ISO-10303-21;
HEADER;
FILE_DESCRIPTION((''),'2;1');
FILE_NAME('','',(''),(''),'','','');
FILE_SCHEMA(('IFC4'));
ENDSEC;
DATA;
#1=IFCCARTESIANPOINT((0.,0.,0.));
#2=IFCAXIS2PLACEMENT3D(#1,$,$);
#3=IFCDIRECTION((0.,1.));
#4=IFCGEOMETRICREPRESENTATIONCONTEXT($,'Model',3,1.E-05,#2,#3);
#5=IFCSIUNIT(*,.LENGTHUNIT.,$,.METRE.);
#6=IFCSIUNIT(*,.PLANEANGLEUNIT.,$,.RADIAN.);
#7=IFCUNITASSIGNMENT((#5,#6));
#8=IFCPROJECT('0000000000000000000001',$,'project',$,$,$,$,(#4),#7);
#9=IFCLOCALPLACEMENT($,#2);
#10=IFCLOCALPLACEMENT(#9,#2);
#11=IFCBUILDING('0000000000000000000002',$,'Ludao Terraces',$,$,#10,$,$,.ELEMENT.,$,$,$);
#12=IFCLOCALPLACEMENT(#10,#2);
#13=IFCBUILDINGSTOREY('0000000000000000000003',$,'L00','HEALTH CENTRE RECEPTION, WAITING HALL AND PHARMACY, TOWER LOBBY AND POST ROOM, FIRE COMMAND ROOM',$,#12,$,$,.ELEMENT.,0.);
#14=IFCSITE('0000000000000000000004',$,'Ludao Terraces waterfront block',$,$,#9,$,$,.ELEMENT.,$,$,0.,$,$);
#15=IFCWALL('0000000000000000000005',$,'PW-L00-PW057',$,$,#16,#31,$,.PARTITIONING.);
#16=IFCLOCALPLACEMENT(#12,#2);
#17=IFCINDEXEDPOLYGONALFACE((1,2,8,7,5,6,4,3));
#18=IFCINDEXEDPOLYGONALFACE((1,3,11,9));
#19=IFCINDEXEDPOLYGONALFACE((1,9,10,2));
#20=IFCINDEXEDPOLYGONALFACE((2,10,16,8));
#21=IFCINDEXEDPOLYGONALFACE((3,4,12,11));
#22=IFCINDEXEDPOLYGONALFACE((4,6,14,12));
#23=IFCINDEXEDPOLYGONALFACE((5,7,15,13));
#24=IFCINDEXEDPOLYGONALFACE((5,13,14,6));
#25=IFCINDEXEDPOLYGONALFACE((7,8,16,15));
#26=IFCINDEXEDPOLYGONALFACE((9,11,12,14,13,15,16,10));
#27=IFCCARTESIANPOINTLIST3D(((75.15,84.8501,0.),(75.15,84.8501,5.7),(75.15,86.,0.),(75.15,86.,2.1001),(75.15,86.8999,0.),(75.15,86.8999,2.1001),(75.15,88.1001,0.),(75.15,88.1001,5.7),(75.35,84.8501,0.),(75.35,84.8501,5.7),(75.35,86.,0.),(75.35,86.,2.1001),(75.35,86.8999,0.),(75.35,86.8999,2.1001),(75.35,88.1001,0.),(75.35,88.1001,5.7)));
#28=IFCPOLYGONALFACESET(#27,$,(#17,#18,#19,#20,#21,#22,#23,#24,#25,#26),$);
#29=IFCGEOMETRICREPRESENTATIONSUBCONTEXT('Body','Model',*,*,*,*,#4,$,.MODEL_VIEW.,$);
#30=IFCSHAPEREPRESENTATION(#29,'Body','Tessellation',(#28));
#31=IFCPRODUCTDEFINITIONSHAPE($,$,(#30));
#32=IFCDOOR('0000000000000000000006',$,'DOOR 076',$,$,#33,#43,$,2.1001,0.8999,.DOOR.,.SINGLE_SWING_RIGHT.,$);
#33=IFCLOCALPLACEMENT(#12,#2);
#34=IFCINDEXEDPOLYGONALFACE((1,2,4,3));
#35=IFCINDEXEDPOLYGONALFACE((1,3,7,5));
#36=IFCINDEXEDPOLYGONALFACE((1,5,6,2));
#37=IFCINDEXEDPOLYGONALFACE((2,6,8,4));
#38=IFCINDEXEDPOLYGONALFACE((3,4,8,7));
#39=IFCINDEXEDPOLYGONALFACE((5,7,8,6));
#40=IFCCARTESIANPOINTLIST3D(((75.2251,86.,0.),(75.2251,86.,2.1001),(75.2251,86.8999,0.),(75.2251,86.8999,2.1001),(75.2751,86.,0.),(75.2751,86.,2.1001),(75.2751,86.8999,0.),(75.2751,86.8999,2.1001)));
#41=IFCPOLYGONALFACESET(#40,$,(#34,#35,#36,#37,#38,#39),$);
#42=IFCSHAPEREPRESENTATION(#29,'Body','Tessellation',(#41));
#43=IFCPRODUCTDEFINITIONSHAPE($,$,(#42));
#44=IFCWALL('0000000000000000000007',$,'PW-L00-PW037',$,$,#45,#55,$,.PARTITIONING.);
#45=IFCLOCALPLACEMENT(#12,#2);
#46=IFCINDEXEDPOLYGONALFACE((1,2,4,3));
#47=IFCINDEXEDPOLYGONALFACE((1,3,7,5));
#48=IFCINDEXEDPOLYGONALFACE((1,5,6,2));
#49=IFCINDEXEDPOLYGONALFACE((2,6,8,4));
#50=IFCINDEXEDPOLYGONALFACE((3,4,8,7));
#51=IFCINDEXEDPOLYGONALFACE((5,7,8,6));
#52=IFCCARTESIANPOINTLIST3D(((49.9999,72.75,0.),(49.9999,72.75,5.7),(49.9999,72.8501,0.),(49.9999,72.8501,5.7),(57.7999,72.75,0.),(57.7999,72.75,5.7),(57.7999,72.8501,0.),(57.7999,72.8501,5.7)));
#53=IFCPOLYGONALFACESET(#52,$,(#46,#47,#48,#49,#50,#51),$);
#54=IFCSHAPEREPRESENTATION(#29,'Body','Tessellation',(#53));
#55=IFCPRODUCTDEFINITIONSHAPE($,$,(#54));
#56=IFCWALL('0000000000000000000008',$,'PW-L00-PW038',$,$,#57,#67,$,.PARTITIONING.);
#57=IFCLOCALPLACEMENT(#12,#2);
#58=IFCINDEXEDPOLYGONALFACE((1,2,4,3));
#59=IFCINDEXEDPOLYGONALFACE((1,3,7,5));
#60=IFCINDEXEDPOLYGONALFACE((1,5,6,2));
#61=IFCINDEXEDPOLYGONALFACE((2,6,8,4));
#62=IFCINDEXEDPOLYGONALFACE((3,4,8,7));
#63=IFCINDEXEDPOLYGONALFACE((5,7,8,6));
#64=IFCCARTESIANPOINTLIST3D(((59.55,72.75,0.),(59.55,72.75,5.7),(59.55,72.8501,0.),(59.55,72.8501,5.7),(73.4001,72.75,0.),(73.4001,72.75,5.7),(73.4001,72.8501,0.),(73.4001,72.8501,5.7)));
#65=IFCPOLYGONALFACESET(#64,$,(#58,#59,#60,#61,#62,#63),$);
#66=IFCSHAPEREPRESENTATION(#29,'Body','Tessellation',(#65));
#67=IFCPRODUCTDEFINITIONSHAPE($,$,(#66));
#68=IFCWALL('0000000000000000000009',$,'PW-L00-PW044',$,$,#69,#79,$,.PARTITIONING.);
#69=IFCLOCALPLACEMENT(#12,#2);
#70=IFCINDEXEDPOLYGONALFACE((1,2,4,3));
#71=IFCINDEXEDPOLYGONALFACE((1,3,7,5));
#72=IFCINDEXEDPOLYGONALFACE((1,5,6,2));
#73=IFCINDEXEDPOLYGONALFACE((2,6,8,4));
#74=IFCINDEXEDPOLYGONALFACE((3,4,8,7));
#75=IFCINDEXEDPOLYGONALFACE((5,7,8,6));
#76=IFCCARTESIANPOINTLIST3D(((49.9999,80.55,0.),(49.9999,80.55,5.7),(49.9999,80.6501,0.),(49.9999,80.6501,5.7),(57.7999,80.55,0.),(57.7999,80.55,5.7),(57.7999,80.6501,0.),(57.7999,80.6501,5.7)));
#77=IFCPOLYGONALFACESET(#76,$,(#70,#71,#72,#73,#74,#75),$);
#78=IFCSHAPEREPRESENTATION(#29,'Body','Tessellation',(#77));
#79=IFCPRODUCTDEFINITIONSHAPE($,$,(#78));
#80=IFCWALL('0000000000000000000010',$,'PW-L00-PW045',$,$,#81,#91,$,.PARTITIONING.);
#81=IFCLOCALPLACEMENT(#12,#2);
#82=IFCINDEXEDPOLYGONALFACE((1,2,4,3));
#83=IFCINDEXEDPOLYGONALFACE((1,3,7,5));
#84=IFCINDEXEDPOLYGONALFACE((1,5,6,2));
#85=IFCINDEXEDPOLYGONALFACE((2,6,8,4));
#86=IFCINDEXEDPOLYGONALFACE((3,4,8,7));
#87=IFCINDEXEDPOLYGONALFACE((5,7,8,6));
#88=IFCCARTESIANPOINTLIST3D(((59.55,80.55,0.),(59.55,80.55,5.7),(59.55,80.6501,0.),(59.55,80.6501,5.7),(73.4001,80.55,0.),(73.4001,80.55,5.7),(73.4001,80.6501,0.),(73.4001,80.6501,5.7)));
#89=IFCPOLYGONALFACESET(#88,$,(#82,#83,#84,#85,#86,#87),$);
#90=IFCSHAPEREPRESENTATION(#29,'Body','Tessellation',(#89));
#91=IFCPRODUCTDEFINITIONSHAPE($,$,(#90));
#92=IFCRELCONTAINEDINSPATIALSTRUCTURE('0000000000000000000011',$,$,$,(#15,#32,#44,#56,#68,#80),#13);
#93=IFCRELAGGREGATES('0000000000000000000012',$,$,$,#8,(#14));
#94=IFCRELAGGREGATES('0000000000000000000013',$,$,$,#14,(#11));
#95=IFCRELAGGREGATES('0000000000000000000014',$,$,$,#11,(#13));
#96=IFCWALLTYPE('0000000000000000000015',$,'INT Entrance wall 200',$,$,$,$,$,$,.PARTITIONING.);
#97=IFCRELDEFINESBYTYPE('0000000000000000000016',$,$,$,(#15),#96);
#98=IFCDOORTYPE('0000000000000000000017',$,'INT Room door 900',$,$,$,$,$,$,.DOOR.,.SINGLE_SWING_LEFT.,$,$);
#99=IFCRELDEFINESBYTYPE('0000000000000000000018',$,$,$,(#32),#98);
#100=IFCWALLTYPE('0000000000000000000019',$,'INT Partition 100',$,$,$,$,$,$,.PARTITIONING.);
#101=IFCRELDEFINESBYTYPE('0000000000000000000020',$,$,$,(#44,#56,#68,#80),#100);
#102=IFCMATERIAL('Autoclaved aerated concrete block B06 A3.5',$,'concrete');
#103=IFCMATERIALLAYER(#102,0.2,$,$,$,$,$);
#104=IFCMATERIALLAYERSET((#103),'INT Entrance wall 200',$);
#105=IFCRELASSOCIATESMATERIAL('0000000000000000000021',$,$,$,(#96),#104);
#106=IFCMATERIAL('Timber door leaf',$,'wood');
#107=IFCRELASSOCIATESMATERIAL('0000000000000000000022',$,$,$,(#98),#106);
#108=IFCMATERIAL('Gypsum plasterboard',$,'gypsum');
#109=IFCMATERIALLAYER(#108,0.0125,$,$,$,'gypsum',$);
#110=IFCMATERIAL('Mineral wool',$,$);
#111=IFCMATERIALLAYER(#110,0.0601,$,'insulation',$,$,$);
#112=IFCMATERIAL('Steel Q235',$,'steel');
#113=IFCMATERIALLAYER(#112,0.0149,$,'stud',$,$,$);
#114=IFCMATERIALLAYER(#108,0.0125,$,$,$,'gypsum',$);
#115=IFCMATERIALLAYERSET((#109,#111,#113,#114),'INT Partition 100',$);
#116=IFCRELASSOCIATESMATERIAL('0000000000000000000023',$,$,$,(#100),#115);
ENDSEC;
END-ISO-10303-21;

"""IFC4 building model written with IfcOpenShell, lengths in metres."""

from ifc_helpers import new_model, si_unit, direction, frame, frame_2d, origin, place, context, subcontext, project, spatial, rectangle, extrude, material, layer, layer_set, type_object, element, fill, save


model = new_model("IFC4")

# Units and contexts
model_context = context("Model", 3, precision=1e-05, world=origin(), true_north=direction((0.0, 1.0)))
body_context = subcontext(model_context, "Body", "Model", "MODEL_VIEW")
ifc_project = project(units=[si_unit("LENGTHUNIT", "METRE"), si_unit("PLANEANGLEUNIT", "RADIAN")], contexts=[model_context])

# Site, building, storey
site_placement = place(None, origin())
site = spatial("IfcSite", under=ifc_project, at=site_placement, Name="Ludao Terraces waterfront block", CompositionType="ELEMENT", RefElevation=0.0)
building_placement = place(site_placement, origin())
building = spatial("IfcBuilding", under=site, at=building_placement, Name="Ludao Terraces", CompositionType="ELEMENT")
storey_placement = place(building_placement, origin())
storey = spatial("IfcBuildingStorey", under=building, at=storey_placement, Name="L00", Description="HEALTH CENTRE RECEPTION, WAITING HALL AND PHARMACY, TOWER LOBBY AND POST ROOM, FIRE COMMAND ROOM", CompositionType="ELEMENT", Elevation=0.0)

# Shared definitions
ifc_material_1 = material(Name="Steel Q235", Category="steel")

# Shared definitions
ifc_material_2 = material(Name="Mineral wool")

# Wall, opening, door
ifc_material_3 = material(Name="Autoclaved aerated concrete block B06 A3.5", Category="concrete")
ifc_layer_1 = layer(ifc_material_3, 0.2)
ifc_layer_set_1 = layer_set([ifc_layer_1], Name="INT Entrance wall 200")
wall_type_1 = type_object("IfcWallType", Name="INT Entrance wall 200", PredefinedType="PARTITIONING", material=ifc_layer_set_1)
wall_1_placement = place(storey_placement, frame((75.25, 84.8501, 0.0), z_axis=(0.0, 0.0, 1.0), x_axis=(0.0, 1.0, 0.0)))
wall_1 = element("IfcWall", 1, at=wall_1_placement, inside=storey, type_object=wall_type_1, Name="PW-L00-PW057", PredefinedType="PARTITIONING", context=body_context, shape_type="SweptSolid", body=[
    extrude(rectangle(XDim=3.25, YDim=0.2, at=frame_2d((1.625, 0.0))), origin(), (0.0, 0.0, 1.0), 5.7),
])
opening_1_placement = place(wall_1_placement, frame((1.1499, 0.0, 0.0)))
opening_1 = element("IfcOpeningElement", 2, at=opening_1_placement, cuts=wall_1, PredefinedType="OPENING", context=body_context, shape_type="SweptSolid", body=[
    extrude(rectangle(XDim=0.8999, YDim=2.1001, at=frame_2d((0.45, 1.05))), frame((0.0, 0.1099, 0.0), z_axis=(0.0, -1.0, 0.0), x_axis=(1.0, 0.0, 0.0)), (0.0, 0.0, 1.0), 0.22),
])
ifc_material_4 = material(Name="Timber door leaf", Category="wood")
door_type_1 = type_object("IfcDoorType", Name="INT Room door 900", OperationType="SINGLE_SWING_LEFT", PredefinedType="DOOR", material=ifc_material_4)
door_1_placement = place(opening_1_placement, origin())
door_1 = element("IfcDoor", 3, at=door_1_placement, inside=storey, type_object=door_type_1, Name="DOOR 076", OperationType="SINGLE_SWING_RIGHT", OverallHeight=2.1001, OverallWidth=0.8999, PredefinedType="DOOR", context=body_context, shape_type="SweptSolid", body=[
    extrude(rectangle(XDim=0.8999, YDim=2.1001, at=frame_2d((0.45, 1.05))), frame((0.0, 0.0249, 0.0), z_axis=(0.0, -1.0, 0.0), x_axis=(1.0, 0.0, 0.0)), (0.0, 0.0, 1.0), 0.05),
])
fill(opening_1, door_1)

# Walls
ifc_material_5 = material(Name="Gypsum plasterboard", Category="gypsum")
ifc_layer_2 = layer(ifc_material_5, 0.0125, Category="gypsum")
ifc_layer_3 = layer(ifc_material_2, 0.0601, Name="insulation")
ifc_layer_4 = layer(ifc_material_1, 0.0149, Name="stud")
ifc_layer_5 = layer(ifc_material_5, 0.0125, Category="gypsum")
ifc_layer_set_2 = layer_set([ifc_layer_2, ifc_layer_3, ifc_layer_4, ifc_layer_5], Name="INT Partition 100")
wall_type_2 = type_object("IfcWallType", Name="INT Partition 100", PredefinedType="PARTITIONING", material=ifc_layer_set_2)
wall_2_placement = place(storey_placement, frame((50.0, 72.8, 0.0), z_axis=(0.0, 0.0, 1.0), x_axis=(1.0, 0.0, 0.0)))
element("IfcWall", 4, at=wall_2_placement, inside=storey, type_object=wall_type_2, Name="PW-L00-PW037", PredefinedType="PARTITIONING", context=body_context, shape_type="SweptSolid", body=[
    extrude(rectangle(XDim=7.8, YDim=0.1001, at=frame_2d((3.8999, 0.0))), origin(), (0.0, 0.0, 1.0), 5.7),
])
wall_3_placement = place(storey_placement, frame((59.55, 72.8, 0.0), z_axis=(0.0, 0.0, 1.0), x_axis=(1.0, 0.0, 0.0)))
element("IfcWall", 5, at=wall_3_placement, inside=storey, type_object=wall_type_2, Name="PW-L00-PW038", PredefinedType="PARTITIONING", context=body_context, shape_type="SweptSolid", body=[
    extrude(rectangle(XDim=13.8501, YDim=0.1001, at=frame_2d((6.925, 0.0))), origin(), (0.0, 0.0, 1.0), 5.7),
])
wall_4_placement = place(storey_placement, frame((50.0, 80.6001, 0.0), z_axis=(0.0, 0.0, 1.0), x_axis=(1.0, 0.0, 0.0)))
element("IfcWall", 6, at=wall_4_placement, inside=storey, type_object=wall_type_2, Name="PW-L00-PW044", PredefinedType="PARTITIONING", context=body_context, shape_type="SweptSolid", body=[
    extrude(rectangle(XDim=7.8, YDim=0.1001, at=frame_2d((3.8999, 0.0))), origin(), (0.0, 0.0, 1.0), 5.7),
])
wall_5_placement = place(storey_placement, frame((59.55, 80.6001, 0.0), z_axis=(0.0, 0.0, 1.0), x_axis=(1.0, 0.0, 0.0)))
element("IfcWall", 7, at=wall_5_placement, inside=storey, type_object=wall_type_2, Name="PW-L00-PW045", PredefinedType="PARTITIONING", context=body_context, shape_type="SweptSolid", body=[
    extrude(rectangle(XDim=13.8501, YDim=0.1001, at=frame_2d((6.925, 0.0))), origin(), (0.0, 0.0, 1.0), 5.7),
])

save(model, "model.ifc")
